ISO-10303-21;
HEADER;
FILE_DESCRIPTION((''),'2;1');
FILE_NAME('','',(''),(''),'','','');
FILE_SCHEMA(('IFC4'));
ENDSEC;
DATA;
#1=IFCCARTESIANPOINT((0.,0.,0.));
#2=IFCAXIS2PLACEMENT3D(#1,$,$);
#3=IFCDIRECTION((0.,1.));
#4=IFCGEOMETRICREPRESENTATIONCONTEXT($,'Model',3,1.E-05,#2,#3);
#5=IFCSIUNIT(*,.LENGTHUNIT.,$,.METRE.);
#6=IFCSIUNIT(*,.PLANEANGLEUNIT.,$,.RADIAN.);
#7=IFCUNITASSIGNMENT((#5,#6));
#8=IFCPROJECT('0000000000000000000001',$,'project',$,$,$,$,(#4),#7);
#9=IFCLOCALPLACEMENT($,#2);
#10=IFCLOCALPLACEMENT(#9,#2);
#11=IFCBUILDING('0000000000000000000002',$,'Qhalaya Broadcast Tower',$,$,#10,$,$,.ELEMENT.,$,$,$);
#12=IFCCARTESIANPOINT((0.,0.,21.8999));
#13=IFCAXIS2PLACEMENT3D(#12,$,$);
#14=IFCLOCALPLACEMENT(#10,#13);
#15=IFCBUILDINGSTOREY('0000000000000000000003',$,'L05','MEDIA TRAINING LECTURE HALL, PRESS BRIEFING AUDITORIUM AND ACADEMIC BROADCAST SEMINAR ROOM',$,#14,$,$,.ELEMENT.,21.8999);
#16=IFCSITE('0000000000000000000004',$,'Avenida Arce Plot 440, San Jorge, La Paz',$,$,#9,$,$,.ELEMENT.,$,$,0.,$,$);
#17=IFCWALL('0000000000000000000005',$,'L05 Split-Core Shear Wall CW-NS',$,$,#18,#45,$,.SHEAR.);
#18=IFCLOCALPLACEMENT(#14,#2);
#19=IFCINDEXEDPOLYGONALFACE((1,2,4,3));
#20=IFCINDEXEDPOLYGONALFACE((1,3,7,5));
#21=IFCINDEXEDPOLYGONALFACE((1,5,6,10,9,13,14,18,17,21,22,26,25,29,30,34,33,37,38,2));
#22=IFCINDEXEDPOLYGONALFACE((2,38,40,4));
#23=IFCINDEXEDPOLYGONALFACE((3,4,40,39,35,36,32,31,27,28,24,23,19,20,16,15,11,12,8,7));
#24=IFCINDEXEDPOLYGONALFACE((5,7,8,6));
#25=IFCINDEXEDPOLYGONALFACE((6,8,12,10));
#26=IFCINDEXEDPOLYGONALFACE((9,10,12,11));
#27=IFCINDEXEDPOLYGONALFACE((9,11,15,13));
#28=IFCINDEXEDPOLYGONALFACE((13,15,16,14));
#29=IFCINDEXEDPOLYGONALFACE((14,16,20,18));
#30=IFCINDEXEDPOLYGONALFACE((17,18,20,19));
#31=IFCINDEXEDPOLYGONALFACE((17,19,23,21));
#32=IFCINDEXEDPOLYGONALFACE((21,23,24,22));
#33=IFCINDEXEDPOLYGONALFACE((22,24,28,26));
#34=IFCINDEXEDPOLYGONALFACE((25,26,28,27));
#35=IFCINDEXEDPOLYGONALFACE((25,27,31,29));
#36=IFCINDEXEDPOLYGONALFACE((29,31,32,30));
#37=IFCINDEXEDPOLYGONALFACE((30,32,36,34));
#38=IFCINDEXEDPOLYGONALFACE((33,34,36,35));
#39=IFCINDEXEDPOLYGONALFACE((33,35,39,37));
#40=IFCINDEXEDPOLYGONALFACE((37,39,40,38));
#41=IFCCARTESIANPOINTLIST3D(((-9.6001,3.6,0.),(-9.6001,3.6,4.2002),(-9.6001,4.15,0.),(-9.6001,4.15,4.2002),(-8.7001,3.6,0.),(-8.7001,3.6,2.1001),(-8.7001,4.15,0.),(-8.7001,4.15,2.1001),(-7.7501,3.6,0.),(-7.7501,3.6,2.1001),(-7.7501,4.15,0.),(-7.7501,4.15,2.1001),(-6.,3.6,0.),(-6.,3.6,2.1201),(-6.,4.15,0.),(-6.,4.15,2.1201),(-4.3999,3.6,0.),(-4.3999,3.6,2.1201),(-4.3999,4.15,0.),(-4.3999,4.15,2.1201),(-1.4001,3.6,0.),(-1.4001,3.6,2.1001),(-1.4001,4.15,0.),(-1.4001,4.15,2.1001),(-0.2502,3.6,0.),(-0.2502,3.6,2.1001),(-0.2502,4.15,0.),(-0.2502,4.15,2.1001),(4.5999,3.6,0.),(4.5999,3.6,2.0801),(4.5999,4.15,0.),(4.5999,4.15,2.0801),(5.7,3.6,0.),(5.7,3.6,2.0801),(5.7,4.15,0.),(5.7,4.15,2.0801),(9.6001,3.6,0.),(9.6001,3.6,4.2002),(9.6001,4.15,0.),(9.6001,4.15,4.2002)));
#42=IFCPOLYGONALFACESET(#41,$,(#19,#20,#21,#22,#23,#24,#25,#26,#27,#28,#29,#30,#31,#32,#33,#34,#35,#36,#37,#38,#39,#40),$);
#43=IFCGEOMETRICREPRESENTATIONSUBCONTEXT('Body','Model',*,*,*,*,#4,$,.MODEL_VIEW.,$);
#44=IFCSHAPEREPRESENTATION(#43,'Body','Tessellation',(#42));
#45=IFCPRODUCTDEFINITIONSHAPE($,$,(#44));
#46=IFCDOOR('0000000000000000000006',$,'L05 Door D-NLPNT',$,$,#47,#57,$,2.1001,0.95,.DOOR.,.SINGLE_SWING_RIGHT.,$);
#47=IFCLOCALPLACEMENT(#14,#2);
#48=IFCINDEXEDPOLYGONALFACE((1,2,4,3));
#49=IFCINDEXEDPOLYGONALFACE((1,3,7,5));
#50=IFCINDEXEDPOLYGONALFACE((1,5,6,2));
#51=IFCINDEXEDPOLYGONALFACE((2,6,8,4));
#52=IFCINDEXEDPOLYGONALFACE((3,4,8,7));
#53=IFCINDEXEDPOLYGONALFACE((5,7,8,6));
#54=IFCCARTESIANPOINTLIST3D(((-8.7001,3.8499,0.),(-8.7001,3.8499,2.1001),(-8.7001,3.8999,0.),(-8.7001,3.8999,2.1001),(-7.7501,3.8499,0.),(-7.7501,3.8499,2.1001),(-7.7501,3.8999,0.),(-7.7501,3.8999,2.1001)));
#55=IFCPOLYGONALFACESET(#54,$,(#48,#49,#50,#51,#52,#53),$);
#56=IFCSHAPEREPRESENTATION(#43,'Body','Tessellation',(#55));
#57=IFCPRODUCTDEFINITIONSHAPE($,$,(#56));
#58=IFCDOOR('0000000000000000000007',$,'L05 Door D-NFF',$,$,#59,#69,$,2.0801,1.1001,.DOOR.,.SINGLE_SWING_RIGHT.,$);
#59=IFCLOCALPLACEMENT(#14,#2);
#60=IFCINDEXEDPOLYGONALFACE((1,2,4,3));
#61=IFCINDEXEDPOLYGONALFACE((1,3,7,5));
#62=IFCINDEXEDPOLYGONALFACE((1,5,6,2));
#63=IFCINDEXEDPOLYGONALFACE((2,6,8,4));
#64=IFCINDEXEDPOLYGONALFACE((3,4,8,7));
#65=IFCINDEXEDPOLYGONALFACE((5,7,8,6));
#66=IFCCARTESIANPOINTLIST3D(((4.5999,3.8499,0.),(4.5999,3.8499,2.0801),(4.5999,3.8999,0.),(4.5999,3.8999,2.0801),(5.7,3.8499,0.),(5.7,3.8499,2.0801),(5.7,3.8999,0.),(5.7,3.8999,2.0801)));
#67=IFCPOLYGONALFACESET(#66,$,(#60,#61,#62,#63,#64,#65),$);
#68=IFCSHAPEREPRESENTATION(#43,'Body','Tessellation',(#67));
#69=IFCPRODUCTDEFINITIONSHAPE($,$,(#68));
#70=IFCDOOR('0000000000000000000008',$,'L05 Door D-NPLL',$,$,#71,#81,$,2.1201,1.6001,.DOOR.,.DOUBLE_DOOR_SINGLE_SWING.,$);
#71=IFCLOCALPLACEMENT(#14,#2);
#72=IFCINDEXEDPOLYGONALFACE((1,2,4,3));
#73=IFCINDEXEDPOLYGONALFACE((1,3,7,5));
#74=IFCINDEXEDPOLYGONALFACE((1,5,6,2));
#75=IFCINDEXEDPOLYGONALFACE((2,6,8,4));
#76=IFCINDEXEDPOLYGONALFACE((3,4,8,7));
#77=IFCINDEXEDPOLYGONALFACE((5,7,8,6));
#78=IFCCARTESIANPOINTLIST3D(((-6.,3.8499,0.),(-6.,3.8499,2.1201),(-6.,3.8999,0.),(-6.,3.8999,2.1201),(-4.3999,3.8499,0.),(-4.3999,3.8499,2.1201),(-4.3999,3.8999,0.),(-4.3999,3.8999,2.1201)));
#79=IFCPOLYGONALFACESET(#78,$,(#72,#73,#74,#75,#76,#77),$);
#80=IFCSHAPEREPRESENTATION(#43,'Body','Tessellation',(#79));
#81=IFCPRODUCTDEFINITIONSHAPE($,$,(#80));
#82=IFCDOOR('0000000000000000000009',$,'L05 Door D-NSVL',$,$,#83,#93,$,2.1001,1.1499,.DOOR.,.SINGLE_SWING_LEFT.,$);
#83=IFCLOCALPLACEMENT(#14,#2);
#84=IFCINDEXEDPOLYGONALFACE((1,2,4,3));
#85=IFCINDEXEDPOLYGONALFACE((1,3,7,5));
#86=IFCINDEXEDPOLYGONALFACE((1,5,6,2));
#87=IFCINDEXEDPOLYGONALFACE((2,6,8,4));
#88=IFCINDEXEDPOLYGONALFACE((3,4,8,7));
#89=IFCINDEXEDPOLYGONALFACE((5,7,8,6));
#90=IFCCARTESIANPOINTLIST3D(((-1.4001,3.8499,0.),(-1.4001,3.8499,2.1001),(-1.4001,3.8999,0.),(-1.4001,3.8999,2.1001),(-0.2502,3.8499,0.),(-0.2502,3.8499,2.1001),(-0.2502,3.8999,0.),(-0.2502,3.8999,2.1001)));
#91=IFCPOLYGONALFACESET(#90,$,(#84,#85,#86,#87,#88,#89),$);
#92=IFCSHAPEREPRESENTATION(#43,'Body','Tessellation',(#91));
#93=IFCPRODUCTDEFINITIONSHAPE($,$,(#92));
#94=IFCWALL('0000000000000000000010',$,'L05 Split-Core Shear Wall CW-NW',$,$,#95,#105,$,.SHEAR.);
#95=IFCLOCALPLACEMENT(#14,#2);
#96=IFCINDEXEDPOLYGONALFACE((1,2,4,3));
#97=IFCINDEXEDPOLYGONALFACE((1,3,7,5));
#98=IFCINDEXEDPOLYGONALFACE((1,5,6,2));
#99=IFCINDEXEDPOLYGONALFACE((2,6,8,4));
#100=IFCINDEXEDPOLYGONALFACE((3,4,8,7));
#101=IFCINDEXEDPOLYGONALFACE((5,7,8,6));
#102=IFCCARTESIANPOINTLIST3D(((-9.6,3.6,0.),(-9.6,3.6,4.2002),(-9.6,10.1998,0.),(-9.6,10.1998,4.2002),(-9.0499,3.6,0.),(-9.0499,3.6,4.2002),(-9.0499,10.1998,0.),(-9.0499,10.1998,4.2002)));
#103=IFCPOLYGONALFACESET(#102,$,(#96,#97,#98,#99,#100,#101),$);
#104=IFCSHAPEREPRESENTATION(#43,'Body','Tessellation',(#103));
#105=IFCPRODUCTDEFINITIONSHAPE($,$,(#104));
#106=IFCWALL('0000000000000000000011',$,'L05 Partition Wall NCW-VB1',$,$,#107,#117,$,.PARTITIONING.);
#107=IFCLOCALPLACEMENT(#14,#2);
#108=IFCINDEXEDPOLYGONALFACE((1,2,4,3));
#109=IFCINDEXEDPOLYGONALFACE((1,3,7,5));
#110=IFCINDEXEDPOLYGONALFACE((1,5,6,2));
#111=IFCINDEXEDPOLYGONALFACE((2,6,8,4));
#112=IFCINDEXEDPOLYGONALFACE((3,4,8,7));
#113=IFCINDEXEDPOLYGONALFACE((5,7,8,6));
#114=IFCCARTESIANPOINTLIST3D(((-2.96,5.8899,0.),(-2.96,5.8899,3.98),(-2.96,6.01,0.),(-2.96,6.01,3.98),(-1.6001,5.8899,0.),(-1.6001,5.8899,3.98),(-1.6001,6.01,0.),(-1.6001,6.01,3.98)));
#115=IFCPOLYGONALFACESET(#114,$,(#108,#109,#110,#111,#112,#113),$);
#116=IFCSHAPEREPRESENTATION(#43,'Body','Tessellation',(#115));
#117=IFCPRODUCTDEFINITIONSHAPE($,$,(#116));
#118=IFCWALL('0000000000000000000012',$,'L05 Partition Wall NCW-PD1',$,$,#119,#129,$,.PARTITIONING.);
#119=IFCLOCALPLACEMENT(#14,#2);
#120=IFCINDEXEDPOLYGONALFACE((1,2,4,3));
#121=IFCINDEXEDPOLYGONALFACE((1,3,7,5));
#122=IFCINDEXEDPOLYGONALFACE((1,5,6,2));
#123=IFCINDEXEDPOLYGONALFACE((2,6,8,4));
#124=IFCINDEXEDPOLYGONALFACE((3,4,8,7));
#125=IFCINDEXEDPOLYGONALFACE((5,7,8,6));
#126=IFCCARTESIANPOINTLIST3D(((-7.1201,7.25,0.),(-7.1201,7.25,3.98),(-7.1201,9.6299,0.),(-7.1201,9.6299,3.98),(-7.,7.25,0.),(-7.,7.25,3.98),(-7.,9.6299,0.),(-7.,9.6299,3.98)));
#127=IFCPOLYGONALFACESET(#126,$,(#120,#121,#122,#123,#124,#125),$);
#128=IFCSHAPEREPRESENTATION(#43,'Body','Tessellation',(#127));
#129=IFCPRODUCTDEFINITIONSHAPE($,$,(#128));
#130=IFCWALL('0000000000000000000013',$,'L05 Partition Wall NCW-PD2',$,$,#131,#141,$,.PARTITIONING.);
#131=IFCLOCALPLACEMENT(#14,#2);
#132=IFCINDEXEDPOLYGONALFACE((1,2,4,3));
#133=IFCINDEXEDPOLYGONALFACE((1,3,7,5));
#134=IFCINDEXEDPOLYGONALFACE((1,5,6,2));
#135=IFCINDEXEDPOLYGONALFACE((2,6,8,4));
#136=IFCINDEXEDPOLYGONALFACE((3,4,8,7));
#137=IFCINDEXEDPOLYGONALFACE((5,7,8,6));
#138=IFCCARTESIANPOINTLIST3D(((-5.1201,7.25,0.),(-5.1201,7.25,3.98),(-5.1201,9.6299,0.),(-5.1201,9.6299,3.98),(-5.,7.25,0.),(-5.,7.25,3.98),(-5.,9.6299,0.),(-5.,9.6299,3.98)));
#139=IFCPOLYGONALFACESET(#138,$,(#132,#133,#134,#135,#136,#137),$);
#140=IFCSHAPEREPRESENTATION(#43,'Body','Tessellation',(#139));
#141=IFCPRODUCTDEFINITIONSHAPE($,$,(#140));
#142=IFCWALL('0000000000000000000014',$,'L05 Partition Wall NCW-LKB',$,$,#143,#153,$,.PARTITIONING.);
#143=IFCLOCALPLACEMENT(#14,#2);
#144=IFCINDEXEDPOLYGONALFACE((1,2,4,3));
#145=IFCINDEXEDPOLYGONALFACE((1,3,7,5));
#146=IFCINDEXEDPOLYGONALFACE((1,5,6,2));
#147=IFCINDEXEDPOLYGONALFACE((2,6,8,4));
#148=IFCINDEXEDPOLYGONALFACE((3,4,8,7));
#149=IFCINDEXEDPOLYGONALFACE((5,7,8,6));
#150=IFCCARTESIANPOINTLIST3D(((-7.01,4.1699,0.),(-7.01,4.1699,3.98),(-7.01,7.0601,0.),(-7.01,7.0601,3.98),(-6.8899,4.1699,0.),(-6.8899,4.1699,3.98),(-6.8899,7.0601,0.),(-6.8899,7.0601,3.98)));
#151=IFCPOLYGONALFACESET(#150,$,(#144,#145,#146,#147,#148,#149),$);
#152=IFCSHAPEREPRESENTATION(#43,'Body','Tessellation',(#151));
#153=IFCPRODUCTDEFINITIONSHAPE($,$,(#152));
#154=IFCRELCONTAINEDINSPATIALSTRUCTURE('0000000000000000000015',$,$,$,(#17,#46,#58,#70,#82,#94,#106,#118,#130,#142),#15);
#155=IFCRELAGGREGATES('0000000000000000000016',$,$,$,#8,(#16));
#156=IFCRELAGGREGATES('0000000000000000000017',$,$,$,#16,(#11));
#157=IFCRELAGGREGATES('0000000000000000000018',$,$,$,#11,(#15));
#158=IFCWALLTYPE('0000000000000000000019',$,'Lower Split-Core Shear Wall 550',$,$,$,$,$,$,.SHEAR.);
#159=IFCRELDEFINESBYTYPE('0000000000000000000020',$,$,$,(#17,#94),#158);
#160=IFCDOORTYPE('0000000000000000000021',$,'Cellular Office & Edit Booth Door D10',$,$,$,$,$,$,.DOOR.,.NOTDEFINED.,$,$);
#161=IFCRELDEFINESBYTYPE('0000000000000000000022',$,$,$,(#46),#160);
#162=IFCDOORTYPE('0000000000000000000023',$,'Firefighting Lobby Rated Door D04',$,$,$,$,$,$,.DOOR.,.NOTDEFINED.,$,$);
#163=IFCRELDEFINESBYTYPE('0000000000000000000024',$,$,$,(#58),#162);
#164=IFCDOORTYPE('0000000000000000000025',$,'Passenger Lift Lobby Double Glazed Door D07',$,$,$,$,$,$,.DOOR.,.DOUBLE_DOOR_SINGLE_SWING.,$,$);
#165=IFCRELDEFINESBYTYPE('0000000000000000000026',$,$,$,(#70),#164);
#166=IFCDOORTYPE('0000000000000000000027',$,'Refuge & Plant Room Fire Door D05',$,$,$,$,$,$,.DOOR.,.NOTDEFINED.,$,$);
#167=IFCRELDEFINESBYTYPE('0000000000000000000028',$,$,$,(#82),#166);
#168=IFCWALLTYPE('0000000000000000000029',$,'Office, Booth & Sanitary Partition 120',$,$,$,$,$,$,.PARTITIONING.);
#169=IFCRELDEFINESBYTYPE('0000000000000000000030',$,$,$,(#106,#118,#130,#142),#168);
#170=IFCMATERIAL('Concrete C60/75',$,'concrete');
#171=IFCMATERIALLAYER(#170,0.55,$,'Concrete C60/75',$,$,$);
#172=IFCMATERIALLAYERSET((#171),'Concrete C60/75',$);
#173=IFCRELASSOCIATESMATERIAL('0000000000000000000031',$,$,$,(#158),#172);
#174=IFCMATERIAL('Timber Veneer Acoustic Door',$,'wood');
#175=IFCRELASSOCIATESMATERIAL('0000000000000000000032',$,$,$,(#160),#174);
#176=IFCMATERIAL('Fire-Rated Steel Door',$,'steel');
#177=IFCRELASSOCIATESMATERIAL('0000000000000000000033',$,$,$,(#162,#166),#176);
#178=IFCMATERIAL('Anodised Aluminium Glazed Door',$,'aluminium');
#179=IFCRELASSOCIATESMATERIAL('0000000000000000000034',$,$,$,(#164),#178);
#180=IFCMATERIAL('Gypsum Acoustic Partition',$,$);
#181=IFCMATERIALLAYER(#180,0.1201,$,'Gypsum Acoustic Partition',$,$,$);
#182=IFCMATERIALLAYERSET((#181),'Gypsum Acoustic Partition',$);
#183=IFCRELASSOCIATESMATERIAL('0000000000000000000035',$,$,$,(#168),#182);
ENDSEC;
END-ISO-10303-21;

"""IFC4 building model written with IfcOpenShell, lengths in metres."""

from ifc_helpers import new_model, si_unit, direction, frame, frame_2d, origin, place, context, subcontext, project, spatial, rectangle, extrude, material, layer, layer_set, type_object, element, fill, save


model = new_model("IFC4")

# Units and contexts
model_context = context("Model", 3, precision=1e-05, world=origin(), true_north=direction((0.0, 1.0)))
body_context = subcontext(model_context, "Body", "Model", "MODEL_VIEW")
ifc_project = project(units=[si_unit("LENGTHUNIT", "METRE"), si_unit("PLANEANGLEUNIT", "RADIAN")], contexts=[model_context])

# Site, building, storey
site_placement = place(None, origin())
site = spatial("IfcSite", under=ifc_project, at=site_placement, Name="Avenida Arce Plot 440, San Jorge, La Paz", CompositionType="ELEMENT", RefElevation=0.0)
building_placement = place(site_placement, origin())
building = spatial("IfcBuilding", under=site, at=building_placement, Name="Qhalaya Broadcast Tower", CompositionType="ELEMENT")
storey_placement = place(building_placement, frame((0.0, 0.0, 21.8999)))
storey = spatial("IfcBuildingStorey", under=building, at=storey_placement, Name="L05", Description="MEDIA TRAINING LECTURE HALL, PRESS BRIEFING AUDITORIUM AND ACADEMIC BROADCAST SEMINAR ROOM", CompositionType="ELEMENT", Elevation=21.8999)

# Shared definitions
ifc_material_1 = material(Name="Concrete C60/75", Category="concrete")

# Shared definitions
ifc_material_2 = material(Name="Fire-Rated Steel Door", Category="steel")

# Wall, openings, doors
ifc_layer_1 = layer(ifc_material_1, 0.55, Name="Concrete C60/75")
ifc_layer_set_1 = layer_set([ifc_layer_1], Name="Concrete C60/75")
wall_type_1 = type_object("IfcWallType", Name="Lower Split-Core Shear Wall 550", PredefinedType="SHEAR", material=ifc_layer_set_1)
wall_1_placement = place(storey_placement, frame((-9.6001, 3.875, 0.0), z_axis=(0.0, 0.0, 1.0), x_axis=(1.0, 0.0, 0.0)))
wall_1 = element("IfcWall", 1, at=wall_1_placement, inside=storey, type_object=wall_type_1, Name="L05 Split-Core Shear Wall CW-NS", PredefinedType="SHEAR", context=body_context, shape_type="SweptSolid", body=[
    extrude(rectangle(XDim=19.2002, YDim=0.55, at=frame_2d((9.6001, 0.0))), origin(), (0.0, 0.0, 1.0), 4.2002),
])
opening_1_placement = place(wall_1_placement, frame((14.2, 0.0, 0.0)))
opening_1 = element("IfcOpeningElement", 2, at=opening_1_placement, cuts=wall_1, PredefinedType="OPENING", context=body_context, shape_type="SweptSolid", body=[
    extrude(rectangle(XDim=1.1001, YDim=2.0801, at=frame_2d((0.55, 1.04))), frame((0.0, 0.2871, 0.0), z_axis=(0.0, -1.0, 0.0), x_axis=(1.0, 0.0, 0.0)), (0.0, 0.0, 1.0), 0.574),
])
opening_2_placement = place(wall_1_placement, frame((8.2, 0.0, 0.0)))
opening_2 = element("IfcOpeningElement", 3, at=opening_2_placement, cuts=wall_1, PredefinedType="OPENING", context=body_context, shape_type="SweptSolid", body=[
    extrude(rectangle(XDim=1.1499, YDim=2.1001, at=frame_2d((0.575, 1.05))), frame((0.0, 0.2871, 0.0), z_axis=(0.0, -1.0, 0.0), x_axis=(1.0, 0.0, 0.0)), (0.0, 0.0, 1.0), 0.574),
])
opening_3_placement = place(wall_1_placement, frame((0.8999, 0.0, 0.0)))
opening_3 = element("IfcOpeningElement", 4, at=opening_3_placement, cuts=wall_1, PredefinedType="OPENING", context=body_context, shape_type="SweptSolid", body=[
    extrude(rectangle(XDim=0.95, YDim=2.1001, at=frame_2d((0.4751, 1.05))), frame((0.0, 0.2871, 0.0), z_axis=(0.0, -1.0, 0.0), x_axis=(1.0, 0.0, 0.0)), (0.0, 0.0, 1.0), 0.574),
])
opening_4_placement = place(wall_1_placement, frame((3.6001, 0.0, 0.0)))
opening_4 = element("IfcOpeningElement", 5, at=opening_4_placement, cuts=wall_1, PredefinedType="OPENING", context=body_context, shape_type="SweptSolid", body=[
    extrude(rectangle(XDim=1.6001, YDim=2.1201, at=frame_2d((0.8, 1.0601))), frame((0.0, 0.2871, 0.0), z_axis=(0.0, -1.0, 0.0), x_axis=(1.0, 0.0, 0.0)), (0.0, 0.0, 1.0), 0.574),
])
ifc_material_3 = material(Name="Timber Veneer Acoustic Door", Category="wood")
door_type_1 = type_object("IfcDoorType", Name="Cellular Office & Edit Booth Door D10", OperationType="NOTDEFINED", PredefinedType="DOOR", material=ifc_material_3)
door_1_placement = place(opening_3_placement, origin())
door_1 = element("IfcDoor", 6, at=door_1_placement, inside=storey, type_object=door_type_1, Name="L05 Door D-NLPNT", OperationType="SINGLE_SWING_RIGHT", OverallHeight=2.1001, OverallWidth=0.95, PredefinedType="DOOR", context=body_context, shape_type="SweptSolid", body=[
    extrude(rectangle(XDim=0.95, YDim=2.1001, at=frame_2d((0.4751, 1.05))), frame((0.0, 0.0249, 0.0), z_axis=(0.0, -1.0, 0.0), x_axis=(1.0, 0.0, 0.0)), (0.0, 0.0, 1.0), 0.05),
])
fill(opening_3, door_1)
door_type_2 = type_object("IfcDoorType", Name="Firefighting Lobby Rated Door D04", OperationType="NOTDEFINED", PredefinedType="DOOR", material=ifc_material_2)
door_2_placement = place(opening_1_placement, origin())
door_2 = element("IfcDoor", 7, at=door_2_placement, inside=storey, type_object=door_type_2, Name="L05 Door D-NFF", OperationType="SINGLE_SWING_RIGHT", OverallHeight=2.0801, OverallWidth=1.1001, PredefinedType="DOOR", context=body_context, shape_type="SweptSolid", body=[
    extrude(rectangle(XDim=1.1001, YDim=2.0801, at=frame_2d((0.55, 1.04))), frame((0.0, 0.0249, 0.0), z_axis=(0.0, -1.0, 0.0), x_axis=(1.0, 0.0, 0.0)), (0.0, 0.0, 1.0), 0.05),
])
fill(opening_1, door_2)
ifc_material_4 = material(Name="Anodised Aluminium Glazed Door", Category="aluminium")
door_type_3 = type_object("IfcDoorType", Name="Passenger Lift Lobby Double Glazed Door D07", OperationType="DOUBLE_DOOR_SINGLE_SWING", PredefinedType="DOOR", material=ifc_material_4)
door_3_placement = place(opening_4_placement, origin())
door_3 = element("IfcDoor", 8, at=door_3_placement, inside=storey, type_object=door_type_3, Name="L05 Door D-NPLL", OperationType="DOUBLE_DOOR_SINGLE_SWING", OverallHeight=2.1201, OverallWidth=1.6001, PredefinedType="DOOR", context=body_context, shape_type="SweptSolid", body=[
    extrude(rectangle(XDim=1.6001, YDim=2.1201, at=frame_2d((0.8, 1.0601))), frame((0.0, 0.0249, 0.0), z_axis=(0.0, -1.0, 0.0), x_axis=(1.0, 0.0, 0.0)), (0.0, 0.0, 1.0), 0.05),
])
fill(opening_4, door_3)
door_type_4 = type_object("IfcDoorType", Name="Refuge & Plant Room Fire Door D05", OperationType="NOTDEFINED", PredefinedType="DOOR", material=ifc_material_2)
door_4_placement = place(opening_2_placement, origin())
door_4 = element("IfcDoor", 9, at=door_4_placement, inside=storey, type_object=door_type_4, Name="L05 Door D-NSVL", OperationType="SINGLE_SWING_LEFT", OverallHeight=2.1001, OverallWidth=1.1499, PredefinedType="DOOR", context=body_context, shape_type="SweptSolid", body=[
    extrude(rectangle(XDim=1.1499, YDim=2.1001, at=frame_2d((0.575, 1.05))), frame((0.0, 0.0249, 0.0), z_axis=(0.0, -1.0, 0.0), x_axis=(1.0, 0.0, 0.0)), (0.0, 0.0, 1.0), 0.05),
])
fill(opening_2, door_4)

# Walls
wall_2_placement = place(storey_placement, frame((-9.325, 3.6001, 0.0), z_axis=(0.0, 0.0, 1.0), x_axis=(0.0, 1.0, 0.0)))
element("IfcWall", 10, at=wall_2_placement, inside=storey, type_object=wall_type_1, Name="L05 Split-Core Shear Wall CW-NW", PredefinedType="SHEAR", context=body_context, shape_type="SweptSolid", body=[
    extrude(rectangle(XDim=6.5999, YDim=0.55, at=frame_2d((3.2998, 0.0))), origin(), (0.0, 0.0, 1.0), 4.2002),
])
ifc_material_5 = material(Name="Gypsum Acoustic Partition")
ifc_layer_2 = layer(ifc_material_5, 0.1201, Name="Gypsum Acoustic Partition")
ifc_layer_set_2 = layer_set([ifc_layer_2], Name="Gypsum Acoustic Partition")
wall_type_2 = type_object("IfcWallType", Name="Office, Booth & Sanitary Partition 120", PredefinedType="PARTITIONING", material=ifc_layer_set_2)
wall_3_placement = place(storey_placement, frame((-2.96, 5.95, 0.0), z_axis=(0.0, 0.0, 1.0), x_axis=(1.0, 0.0, 0.0)))
element("IfcWall", 11, at=wall_3_placement, inside=storey, type_object=wall_type_2, Name="L05 Partition Wall NCW-VB1", PredefinedType="PARTITIONING", context=body_context, shape_type="SweptSolid", body=[
    extrude(rectangle(XDim=1.3599, YDim=0.1201, at=frame_2d((0.6799, 0.0))), origin(), (0.0, 0.0, 1.0), 3.98),
])
for number, where, z_axis, x_axis, name in (
    (12, (-7.0601, 7.25, 0.0), (0.0, 0.0, 1.0), (0.0, 1.0, 0.0), "L05 Partition Wall NCW-PD1"),
    (13, (-5.0601, 7.25, 0.0), (0.0, 0.0, 1.0), (0.0, 1.0, 0.0), "L05 Partition Wall NCW-PD2"),
):
    element("IfcWall", number, at=place(storey_placement, frame(where, z_axis=z_axis, x_axis=x_axis)), inside=storey, type_object=wall_type_2, Name=name, PredefinedType="PARTITIONING", context=body_context, shape_type="SweptSolid", body=[
        extrude(rectangle(XDim=2.3799, YDim=0.1201, at=frame_2d((1.1899, 0.0))), origin(), (0.0, 0.0, 1.0), 3.98),
    ])
wall_4_placement = place(storey_placement, frame((-6.95, 4.1699, 0.0), z_axis=(0.0, 0.0, 1.0), x_axis=(0.0, 1.0, 0.0)))
element("IfcWall", 14, at=wall_4_placement, inside=storey, type_object=wall_type_2, Name="L05 Partition Wall NCW-LKB", PredefinedType="PARTITIONING", context=body_context, shape_type="SweptSolid", body=[
    extrude(rectangle(XDim=2.8901, YDim=0.1201, at=frame_2d((1.4451, 0.0))), origin(), (0.0, 0.0, 1.0), 3.98),
])

save(model, "model.ifc")
